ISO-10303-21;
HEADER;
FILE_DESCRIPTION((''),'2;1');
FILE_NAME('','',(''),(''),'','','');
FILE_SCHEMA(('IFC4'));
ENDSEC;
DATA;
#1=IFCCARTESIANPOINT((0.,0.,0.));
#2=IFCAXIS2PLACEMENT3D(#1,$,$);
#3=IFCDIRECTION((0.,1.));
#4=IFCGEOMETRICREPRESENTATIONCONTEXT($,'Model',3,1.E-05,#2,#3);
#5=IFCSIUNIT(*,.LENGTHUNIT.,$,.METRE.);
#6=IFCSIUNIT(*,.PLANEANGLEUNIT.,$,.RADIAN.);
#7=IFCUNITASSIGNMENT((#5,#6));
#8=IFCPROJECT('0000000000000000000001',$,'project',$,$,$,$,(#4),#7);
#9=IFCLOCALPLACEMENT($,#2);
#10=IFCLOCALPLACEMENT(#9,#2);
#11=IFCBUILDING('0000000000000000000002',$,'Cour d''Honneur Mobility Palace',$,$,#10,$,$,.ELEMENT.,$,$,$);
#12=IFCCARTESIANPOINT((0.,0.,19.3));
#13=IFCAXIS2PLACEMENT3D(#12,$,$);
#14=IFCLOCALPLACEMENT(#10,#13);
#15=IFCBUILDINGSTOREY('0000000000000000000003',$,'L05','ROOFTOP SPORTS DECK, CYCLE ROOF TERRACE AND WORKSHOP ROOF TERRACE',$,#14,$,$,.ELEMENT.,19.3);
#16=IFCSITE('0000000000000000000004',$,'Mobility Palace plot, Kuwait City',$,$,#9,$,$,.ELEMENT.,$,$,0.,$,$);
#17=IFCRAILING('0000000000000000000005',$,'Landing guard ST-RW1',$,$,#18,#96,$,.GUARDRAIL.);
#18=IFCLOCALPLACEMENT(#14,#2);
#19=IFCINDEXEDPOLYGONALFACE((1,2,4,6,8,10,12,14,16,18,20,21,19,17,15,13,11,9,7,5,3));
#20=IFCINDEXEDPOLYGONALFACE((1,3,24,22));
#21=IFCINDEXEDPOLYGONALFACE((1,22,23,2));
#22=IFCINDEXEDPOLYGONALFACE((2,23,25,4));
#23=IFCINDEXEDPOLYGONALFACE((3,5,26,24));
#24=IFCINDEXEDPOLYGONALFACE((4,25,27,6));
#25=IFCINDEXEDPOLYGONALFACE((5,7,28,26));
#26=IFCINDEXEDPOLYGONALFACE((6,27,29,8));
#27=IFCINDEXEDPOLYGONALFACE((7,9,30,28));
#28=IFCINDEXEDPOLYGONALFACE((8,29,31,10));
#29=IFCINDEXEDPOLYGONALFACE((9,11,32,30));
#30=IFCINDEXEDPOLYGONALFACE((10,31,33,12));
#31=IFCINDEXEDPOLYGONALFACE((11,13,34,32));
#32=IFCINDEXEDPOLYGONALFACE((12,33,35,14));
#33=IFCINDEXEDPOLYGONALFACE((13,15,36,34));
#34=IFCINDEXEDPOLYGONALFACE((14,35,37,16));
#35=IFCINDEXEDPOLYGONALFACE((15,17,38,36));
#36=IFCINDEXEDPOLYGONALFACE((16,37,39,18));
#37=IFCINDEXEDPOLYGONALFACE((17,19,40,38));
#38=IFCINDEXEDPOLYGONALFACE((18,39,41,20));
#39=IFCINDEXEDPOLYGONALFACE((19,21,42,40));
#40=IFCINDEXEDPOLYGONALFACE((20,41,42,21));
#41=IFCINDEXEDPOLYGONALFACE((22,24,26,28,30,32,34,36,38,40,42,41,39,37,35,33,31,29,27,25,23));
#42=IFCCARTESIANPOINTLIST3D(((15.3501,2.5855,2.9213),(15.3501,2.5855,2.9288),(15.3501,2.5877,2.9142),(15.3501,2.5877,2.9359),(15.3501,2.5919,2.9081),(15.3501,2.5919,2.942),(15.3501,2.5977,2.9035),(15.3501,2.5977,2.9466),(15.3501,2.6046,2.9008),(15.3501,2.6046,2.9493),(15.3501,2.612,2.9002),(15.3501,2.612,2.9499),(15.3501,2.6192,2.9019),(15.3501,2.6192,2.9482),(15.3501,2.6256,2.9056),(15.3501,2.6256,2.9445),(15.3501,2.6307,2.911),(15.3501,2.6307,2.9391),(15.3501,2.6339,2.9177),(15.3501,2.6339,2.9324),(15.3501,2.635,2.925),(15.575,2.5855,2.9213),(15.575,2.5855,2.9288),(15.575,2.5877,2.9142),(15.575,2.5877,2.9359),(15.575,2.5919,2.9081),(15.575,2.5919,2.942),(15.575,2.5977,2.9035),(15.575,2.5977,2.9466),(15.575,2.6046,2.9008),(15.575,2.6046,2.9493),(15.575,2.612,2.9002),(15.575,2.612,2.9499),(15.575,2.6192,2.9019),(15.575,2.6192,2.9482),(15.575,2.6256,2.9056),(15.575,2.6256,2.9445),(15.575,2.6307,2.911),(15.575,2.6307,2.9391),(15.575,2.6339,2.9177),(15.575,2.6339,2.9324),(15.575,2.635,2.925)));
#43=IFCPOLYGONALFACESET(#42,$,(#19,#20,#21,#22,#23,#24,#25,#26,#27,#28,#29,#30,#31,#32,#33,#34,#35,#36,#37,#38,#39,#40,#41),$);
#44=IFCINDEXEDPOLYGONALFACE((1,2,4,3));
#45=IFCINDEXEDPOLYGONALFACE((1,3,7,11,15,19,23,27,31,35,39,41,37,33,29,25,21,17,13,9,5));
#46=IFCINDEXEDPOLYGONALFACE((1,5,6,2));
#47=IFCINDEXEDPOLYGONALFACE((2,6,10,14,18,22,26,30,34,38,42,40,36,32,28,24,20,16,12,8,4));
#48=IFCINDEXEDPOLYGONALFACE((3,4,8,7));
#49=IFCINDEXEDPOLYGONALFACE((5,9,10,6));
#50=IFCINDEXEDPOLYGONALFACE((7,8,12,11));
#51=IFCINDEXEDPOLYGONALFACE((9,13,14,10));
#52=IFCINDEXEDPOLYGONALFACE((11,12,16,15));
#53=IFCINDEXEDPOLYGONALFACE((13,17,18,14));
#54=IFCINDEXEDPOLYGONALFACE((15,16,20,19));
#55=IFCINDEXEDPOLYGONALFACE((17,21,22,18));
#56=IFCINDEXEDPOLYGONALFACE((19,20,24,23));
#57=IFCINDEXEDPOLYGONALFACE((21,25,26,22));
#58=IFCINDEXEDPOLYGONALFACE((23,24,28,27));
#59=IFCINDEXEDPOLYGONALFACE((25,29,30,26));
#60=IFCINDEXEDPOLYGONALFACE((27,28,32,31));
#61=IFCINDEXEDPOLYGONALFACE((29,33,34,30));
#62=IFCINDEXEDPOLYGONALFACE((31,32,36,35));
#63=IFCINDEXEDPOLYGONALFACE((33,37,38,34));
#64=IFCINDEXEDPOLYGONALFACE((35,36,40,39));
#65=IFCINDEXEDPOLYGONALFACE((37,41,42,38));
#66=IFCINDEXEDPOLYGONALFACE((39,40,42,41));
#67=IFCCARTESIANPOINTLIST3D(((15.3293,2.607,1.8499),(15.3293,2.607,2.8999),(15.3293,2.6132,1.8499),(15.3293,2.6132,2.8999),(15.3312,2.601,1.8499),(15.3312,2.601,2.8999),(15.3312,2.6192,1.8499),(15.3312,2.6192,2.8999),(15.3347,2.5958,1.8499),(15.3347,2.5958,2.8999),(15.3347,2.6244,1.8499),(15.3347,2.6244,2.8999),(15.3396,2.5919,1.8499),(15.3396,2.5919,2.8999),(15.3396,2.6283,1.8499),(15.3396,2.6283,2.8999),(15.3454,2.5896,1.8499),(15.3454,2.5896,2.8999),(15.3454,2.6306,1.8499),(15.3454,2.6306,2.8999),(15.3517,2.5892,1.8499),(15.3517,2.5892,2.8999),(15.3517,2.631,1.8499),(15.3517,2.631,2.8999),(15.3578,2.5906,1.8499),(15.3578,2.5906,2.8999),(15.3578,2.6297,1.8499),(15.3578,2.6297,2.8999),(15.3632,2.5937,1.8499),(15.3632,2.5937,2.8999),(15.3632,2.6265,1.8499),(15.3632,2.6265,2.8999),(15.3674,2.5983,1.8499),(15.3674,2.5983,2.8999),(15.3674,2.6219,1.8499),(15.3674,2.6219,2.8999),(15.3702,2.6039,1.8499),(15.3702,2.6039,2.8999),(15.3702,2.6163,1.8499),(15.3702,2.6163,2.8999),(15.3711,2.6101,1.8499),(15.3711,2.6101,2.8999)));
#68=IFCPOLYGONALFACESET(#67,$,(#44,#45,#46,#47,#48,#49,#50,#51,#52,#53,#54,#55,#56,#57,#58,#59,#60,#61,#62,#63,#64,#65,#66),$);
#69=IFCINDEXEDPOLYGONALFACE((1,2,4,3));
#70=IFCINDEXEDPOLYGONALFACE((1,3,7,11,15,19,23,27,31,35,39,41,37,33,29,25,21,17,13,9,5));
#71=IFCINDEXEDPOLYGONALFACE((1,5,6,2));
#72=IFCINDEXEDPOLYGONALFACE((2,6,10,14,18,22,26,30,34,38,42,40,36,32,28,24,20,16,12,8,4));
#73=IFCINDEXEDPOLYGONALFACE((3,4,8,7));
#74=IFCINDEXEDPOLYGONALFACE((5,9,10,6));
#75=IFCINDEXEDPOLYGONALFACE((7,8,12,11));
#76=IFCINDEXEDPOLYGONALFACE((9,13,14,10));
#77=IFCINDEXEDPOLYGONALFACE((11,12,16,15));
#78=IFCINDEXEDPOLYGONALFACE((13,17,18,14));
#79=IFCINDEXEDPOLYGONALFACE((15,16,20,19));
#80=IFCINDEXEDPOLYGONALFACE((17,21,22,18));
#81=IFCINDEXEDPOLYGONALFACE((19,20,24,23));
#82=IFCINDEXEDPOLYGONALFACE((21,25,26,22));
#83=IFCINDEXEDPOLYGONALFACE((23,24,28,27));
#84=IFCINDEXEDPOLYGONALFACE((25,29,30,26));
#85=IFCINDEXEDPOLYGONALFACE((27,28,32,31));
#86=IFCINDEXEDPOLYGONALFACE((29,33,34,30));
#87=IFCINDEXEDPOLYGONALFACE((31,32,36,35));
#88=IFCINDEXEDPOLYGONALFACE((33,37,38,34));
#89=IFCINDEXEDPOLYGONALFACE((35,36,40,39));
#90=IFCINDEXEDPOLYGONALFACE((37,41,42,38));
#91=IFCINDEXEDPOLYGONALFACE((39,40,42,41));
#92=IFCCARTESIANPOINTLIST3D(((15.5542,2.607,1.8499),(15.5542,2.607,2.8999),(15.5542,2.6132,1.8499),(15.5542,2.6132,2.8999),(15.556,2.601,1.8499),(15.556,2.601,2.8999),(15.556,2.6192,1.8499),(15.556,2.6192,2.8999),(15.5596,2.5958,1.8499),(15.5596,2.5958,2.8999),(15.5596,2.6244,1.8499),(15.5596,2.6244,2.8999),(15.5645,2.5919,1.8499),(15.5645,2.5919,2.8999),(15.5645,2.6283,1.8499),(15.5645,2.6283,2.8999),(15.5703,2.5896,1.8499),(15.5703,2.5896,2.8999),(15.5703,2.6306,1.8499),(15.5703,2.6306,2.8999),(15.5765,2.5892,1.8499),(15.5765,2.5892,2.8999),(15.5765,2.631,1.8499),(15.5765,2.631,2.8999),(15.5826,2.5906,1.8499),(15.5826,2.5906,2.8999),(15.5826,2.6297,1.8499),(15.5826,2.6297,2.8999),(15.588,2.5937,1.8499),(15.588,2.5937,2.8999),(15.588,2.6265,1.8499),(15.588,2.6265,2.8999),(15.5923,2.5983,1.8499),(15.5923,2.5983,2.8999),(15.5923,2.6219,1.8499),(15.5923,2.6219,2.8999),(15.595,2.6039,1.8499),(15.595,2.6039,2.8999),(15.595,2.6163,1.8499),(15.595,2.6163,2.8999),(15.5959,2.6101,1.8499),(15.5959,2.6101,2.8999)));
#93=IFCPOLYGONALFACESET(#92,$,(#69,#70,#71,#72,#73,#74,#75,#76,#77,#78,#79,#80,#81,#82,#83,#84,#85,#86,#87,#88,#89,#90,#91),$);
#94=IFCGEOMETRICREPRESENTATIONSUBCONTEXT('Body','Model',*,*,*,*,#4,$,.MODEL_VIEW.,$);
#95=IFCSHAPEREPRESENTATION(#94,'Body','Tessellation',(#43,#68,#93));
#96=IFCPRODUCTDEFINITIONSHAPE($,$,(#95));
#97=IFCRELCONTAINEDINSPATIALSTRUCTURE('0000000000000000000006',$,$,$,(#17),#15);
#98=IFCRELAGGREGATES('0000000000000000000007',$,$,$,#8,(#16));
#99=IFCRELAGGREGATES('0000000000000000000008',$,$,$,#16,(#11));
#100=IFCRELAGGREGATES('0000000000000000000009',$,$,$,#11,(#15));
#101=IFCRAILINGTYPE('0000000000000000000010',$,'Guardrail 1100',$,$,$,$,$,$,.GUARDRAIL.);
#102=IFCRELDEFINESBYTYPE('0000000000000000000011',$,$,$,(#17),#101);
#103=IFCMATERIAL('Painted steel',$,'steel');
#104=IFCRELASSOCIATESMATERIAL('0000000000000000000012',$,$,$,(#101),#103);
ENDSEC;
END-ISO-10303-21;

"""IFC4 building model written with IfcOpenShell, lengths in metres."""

from ifc_helpers import new_model, si_unit, direction, frame, origin, origin_2d, place, context, subcontext, project, spatial, circle, extrude, material, type_object, element, save


model = new_model("IFC4")

# Units and contexts
model_context = context("Model", 3, precision=1e-05, world=origin(), true_north=direction((0.0, 1.0)))
body_context = subcontext(model_context, "Body", "Model", "MODEL_VIEW")
ifc_project = project(units=[si_unit("LENGTHUNIT", "METRE"), si_unit("PLANEANGLEUNIT", "RADIAN")], contexts=[model_context])

# Site, building, storey
site_placement = place(None, origin())
site = spatial("IfcSite", under=ifc_project, at=site_placement, Name="Mobility Palace plot, Kuwait City", CompositionType="ELEMENT", RefElevation=0.0)
building_placement = place(site_placement, origin())
building = spatial("IfcBuilding", under=site, at=building_placement, Name="Cour d'Honneur Mobility Palace", CompositionType="ELEMENT")
storey_placement = place(building_placement, frame((0.0, 0.0, 19.3)))
storey = spatial("IfcBuildingStorey", under=building, at=storey_placement, Name="L05", Description="ROOFTOP SPORTS DECK, CYCLE ROOF TERRACE AND WORKSHOP ROOF TERRACE", CompositionType="ELEMENT", Elevation=19.3)

# Railing
ifc_material_1 = material(Name="Painted steel", Category="steel")
railing_type_1 = type_object("IfcRailingType", Name="Guardrail 1100", PredefinedType="GUARDRAIL", material=ifc_material_1)
railing_placement = place(storey_placement, frame((15.3501, 2.6101, 1.8499)))
element("IfcRailing", 1, at=railing_placement, inside=storey, type_object=railing_type_1, Name="Landing guard ST-RW1", PredefinedType="GUARDRAIL", context=body_context, shape_type="SweptSolid", body=[
    extrude(circle(Radius=0.0249, at=origin_2d()), frame((0.0, 0.0, 1.0752), z_axis=(1.0, 0.0, 0.0), x_axis=(0.0, 1.0, 0.0)), (0.0, 0.0, 1.0), 0.2249),
    extrude(circle(Radius=0.021, at=origin_2d()), origin(), (0.0, 0.0, 1.0), 1.05),
    extrude(circle(Radius=0.021, at=origin_2d()), frame((0.2249, 0.0, 0.0)), (0.0, 0.0, 1.0), 1.05),
])

save(model, "model.ifc")
